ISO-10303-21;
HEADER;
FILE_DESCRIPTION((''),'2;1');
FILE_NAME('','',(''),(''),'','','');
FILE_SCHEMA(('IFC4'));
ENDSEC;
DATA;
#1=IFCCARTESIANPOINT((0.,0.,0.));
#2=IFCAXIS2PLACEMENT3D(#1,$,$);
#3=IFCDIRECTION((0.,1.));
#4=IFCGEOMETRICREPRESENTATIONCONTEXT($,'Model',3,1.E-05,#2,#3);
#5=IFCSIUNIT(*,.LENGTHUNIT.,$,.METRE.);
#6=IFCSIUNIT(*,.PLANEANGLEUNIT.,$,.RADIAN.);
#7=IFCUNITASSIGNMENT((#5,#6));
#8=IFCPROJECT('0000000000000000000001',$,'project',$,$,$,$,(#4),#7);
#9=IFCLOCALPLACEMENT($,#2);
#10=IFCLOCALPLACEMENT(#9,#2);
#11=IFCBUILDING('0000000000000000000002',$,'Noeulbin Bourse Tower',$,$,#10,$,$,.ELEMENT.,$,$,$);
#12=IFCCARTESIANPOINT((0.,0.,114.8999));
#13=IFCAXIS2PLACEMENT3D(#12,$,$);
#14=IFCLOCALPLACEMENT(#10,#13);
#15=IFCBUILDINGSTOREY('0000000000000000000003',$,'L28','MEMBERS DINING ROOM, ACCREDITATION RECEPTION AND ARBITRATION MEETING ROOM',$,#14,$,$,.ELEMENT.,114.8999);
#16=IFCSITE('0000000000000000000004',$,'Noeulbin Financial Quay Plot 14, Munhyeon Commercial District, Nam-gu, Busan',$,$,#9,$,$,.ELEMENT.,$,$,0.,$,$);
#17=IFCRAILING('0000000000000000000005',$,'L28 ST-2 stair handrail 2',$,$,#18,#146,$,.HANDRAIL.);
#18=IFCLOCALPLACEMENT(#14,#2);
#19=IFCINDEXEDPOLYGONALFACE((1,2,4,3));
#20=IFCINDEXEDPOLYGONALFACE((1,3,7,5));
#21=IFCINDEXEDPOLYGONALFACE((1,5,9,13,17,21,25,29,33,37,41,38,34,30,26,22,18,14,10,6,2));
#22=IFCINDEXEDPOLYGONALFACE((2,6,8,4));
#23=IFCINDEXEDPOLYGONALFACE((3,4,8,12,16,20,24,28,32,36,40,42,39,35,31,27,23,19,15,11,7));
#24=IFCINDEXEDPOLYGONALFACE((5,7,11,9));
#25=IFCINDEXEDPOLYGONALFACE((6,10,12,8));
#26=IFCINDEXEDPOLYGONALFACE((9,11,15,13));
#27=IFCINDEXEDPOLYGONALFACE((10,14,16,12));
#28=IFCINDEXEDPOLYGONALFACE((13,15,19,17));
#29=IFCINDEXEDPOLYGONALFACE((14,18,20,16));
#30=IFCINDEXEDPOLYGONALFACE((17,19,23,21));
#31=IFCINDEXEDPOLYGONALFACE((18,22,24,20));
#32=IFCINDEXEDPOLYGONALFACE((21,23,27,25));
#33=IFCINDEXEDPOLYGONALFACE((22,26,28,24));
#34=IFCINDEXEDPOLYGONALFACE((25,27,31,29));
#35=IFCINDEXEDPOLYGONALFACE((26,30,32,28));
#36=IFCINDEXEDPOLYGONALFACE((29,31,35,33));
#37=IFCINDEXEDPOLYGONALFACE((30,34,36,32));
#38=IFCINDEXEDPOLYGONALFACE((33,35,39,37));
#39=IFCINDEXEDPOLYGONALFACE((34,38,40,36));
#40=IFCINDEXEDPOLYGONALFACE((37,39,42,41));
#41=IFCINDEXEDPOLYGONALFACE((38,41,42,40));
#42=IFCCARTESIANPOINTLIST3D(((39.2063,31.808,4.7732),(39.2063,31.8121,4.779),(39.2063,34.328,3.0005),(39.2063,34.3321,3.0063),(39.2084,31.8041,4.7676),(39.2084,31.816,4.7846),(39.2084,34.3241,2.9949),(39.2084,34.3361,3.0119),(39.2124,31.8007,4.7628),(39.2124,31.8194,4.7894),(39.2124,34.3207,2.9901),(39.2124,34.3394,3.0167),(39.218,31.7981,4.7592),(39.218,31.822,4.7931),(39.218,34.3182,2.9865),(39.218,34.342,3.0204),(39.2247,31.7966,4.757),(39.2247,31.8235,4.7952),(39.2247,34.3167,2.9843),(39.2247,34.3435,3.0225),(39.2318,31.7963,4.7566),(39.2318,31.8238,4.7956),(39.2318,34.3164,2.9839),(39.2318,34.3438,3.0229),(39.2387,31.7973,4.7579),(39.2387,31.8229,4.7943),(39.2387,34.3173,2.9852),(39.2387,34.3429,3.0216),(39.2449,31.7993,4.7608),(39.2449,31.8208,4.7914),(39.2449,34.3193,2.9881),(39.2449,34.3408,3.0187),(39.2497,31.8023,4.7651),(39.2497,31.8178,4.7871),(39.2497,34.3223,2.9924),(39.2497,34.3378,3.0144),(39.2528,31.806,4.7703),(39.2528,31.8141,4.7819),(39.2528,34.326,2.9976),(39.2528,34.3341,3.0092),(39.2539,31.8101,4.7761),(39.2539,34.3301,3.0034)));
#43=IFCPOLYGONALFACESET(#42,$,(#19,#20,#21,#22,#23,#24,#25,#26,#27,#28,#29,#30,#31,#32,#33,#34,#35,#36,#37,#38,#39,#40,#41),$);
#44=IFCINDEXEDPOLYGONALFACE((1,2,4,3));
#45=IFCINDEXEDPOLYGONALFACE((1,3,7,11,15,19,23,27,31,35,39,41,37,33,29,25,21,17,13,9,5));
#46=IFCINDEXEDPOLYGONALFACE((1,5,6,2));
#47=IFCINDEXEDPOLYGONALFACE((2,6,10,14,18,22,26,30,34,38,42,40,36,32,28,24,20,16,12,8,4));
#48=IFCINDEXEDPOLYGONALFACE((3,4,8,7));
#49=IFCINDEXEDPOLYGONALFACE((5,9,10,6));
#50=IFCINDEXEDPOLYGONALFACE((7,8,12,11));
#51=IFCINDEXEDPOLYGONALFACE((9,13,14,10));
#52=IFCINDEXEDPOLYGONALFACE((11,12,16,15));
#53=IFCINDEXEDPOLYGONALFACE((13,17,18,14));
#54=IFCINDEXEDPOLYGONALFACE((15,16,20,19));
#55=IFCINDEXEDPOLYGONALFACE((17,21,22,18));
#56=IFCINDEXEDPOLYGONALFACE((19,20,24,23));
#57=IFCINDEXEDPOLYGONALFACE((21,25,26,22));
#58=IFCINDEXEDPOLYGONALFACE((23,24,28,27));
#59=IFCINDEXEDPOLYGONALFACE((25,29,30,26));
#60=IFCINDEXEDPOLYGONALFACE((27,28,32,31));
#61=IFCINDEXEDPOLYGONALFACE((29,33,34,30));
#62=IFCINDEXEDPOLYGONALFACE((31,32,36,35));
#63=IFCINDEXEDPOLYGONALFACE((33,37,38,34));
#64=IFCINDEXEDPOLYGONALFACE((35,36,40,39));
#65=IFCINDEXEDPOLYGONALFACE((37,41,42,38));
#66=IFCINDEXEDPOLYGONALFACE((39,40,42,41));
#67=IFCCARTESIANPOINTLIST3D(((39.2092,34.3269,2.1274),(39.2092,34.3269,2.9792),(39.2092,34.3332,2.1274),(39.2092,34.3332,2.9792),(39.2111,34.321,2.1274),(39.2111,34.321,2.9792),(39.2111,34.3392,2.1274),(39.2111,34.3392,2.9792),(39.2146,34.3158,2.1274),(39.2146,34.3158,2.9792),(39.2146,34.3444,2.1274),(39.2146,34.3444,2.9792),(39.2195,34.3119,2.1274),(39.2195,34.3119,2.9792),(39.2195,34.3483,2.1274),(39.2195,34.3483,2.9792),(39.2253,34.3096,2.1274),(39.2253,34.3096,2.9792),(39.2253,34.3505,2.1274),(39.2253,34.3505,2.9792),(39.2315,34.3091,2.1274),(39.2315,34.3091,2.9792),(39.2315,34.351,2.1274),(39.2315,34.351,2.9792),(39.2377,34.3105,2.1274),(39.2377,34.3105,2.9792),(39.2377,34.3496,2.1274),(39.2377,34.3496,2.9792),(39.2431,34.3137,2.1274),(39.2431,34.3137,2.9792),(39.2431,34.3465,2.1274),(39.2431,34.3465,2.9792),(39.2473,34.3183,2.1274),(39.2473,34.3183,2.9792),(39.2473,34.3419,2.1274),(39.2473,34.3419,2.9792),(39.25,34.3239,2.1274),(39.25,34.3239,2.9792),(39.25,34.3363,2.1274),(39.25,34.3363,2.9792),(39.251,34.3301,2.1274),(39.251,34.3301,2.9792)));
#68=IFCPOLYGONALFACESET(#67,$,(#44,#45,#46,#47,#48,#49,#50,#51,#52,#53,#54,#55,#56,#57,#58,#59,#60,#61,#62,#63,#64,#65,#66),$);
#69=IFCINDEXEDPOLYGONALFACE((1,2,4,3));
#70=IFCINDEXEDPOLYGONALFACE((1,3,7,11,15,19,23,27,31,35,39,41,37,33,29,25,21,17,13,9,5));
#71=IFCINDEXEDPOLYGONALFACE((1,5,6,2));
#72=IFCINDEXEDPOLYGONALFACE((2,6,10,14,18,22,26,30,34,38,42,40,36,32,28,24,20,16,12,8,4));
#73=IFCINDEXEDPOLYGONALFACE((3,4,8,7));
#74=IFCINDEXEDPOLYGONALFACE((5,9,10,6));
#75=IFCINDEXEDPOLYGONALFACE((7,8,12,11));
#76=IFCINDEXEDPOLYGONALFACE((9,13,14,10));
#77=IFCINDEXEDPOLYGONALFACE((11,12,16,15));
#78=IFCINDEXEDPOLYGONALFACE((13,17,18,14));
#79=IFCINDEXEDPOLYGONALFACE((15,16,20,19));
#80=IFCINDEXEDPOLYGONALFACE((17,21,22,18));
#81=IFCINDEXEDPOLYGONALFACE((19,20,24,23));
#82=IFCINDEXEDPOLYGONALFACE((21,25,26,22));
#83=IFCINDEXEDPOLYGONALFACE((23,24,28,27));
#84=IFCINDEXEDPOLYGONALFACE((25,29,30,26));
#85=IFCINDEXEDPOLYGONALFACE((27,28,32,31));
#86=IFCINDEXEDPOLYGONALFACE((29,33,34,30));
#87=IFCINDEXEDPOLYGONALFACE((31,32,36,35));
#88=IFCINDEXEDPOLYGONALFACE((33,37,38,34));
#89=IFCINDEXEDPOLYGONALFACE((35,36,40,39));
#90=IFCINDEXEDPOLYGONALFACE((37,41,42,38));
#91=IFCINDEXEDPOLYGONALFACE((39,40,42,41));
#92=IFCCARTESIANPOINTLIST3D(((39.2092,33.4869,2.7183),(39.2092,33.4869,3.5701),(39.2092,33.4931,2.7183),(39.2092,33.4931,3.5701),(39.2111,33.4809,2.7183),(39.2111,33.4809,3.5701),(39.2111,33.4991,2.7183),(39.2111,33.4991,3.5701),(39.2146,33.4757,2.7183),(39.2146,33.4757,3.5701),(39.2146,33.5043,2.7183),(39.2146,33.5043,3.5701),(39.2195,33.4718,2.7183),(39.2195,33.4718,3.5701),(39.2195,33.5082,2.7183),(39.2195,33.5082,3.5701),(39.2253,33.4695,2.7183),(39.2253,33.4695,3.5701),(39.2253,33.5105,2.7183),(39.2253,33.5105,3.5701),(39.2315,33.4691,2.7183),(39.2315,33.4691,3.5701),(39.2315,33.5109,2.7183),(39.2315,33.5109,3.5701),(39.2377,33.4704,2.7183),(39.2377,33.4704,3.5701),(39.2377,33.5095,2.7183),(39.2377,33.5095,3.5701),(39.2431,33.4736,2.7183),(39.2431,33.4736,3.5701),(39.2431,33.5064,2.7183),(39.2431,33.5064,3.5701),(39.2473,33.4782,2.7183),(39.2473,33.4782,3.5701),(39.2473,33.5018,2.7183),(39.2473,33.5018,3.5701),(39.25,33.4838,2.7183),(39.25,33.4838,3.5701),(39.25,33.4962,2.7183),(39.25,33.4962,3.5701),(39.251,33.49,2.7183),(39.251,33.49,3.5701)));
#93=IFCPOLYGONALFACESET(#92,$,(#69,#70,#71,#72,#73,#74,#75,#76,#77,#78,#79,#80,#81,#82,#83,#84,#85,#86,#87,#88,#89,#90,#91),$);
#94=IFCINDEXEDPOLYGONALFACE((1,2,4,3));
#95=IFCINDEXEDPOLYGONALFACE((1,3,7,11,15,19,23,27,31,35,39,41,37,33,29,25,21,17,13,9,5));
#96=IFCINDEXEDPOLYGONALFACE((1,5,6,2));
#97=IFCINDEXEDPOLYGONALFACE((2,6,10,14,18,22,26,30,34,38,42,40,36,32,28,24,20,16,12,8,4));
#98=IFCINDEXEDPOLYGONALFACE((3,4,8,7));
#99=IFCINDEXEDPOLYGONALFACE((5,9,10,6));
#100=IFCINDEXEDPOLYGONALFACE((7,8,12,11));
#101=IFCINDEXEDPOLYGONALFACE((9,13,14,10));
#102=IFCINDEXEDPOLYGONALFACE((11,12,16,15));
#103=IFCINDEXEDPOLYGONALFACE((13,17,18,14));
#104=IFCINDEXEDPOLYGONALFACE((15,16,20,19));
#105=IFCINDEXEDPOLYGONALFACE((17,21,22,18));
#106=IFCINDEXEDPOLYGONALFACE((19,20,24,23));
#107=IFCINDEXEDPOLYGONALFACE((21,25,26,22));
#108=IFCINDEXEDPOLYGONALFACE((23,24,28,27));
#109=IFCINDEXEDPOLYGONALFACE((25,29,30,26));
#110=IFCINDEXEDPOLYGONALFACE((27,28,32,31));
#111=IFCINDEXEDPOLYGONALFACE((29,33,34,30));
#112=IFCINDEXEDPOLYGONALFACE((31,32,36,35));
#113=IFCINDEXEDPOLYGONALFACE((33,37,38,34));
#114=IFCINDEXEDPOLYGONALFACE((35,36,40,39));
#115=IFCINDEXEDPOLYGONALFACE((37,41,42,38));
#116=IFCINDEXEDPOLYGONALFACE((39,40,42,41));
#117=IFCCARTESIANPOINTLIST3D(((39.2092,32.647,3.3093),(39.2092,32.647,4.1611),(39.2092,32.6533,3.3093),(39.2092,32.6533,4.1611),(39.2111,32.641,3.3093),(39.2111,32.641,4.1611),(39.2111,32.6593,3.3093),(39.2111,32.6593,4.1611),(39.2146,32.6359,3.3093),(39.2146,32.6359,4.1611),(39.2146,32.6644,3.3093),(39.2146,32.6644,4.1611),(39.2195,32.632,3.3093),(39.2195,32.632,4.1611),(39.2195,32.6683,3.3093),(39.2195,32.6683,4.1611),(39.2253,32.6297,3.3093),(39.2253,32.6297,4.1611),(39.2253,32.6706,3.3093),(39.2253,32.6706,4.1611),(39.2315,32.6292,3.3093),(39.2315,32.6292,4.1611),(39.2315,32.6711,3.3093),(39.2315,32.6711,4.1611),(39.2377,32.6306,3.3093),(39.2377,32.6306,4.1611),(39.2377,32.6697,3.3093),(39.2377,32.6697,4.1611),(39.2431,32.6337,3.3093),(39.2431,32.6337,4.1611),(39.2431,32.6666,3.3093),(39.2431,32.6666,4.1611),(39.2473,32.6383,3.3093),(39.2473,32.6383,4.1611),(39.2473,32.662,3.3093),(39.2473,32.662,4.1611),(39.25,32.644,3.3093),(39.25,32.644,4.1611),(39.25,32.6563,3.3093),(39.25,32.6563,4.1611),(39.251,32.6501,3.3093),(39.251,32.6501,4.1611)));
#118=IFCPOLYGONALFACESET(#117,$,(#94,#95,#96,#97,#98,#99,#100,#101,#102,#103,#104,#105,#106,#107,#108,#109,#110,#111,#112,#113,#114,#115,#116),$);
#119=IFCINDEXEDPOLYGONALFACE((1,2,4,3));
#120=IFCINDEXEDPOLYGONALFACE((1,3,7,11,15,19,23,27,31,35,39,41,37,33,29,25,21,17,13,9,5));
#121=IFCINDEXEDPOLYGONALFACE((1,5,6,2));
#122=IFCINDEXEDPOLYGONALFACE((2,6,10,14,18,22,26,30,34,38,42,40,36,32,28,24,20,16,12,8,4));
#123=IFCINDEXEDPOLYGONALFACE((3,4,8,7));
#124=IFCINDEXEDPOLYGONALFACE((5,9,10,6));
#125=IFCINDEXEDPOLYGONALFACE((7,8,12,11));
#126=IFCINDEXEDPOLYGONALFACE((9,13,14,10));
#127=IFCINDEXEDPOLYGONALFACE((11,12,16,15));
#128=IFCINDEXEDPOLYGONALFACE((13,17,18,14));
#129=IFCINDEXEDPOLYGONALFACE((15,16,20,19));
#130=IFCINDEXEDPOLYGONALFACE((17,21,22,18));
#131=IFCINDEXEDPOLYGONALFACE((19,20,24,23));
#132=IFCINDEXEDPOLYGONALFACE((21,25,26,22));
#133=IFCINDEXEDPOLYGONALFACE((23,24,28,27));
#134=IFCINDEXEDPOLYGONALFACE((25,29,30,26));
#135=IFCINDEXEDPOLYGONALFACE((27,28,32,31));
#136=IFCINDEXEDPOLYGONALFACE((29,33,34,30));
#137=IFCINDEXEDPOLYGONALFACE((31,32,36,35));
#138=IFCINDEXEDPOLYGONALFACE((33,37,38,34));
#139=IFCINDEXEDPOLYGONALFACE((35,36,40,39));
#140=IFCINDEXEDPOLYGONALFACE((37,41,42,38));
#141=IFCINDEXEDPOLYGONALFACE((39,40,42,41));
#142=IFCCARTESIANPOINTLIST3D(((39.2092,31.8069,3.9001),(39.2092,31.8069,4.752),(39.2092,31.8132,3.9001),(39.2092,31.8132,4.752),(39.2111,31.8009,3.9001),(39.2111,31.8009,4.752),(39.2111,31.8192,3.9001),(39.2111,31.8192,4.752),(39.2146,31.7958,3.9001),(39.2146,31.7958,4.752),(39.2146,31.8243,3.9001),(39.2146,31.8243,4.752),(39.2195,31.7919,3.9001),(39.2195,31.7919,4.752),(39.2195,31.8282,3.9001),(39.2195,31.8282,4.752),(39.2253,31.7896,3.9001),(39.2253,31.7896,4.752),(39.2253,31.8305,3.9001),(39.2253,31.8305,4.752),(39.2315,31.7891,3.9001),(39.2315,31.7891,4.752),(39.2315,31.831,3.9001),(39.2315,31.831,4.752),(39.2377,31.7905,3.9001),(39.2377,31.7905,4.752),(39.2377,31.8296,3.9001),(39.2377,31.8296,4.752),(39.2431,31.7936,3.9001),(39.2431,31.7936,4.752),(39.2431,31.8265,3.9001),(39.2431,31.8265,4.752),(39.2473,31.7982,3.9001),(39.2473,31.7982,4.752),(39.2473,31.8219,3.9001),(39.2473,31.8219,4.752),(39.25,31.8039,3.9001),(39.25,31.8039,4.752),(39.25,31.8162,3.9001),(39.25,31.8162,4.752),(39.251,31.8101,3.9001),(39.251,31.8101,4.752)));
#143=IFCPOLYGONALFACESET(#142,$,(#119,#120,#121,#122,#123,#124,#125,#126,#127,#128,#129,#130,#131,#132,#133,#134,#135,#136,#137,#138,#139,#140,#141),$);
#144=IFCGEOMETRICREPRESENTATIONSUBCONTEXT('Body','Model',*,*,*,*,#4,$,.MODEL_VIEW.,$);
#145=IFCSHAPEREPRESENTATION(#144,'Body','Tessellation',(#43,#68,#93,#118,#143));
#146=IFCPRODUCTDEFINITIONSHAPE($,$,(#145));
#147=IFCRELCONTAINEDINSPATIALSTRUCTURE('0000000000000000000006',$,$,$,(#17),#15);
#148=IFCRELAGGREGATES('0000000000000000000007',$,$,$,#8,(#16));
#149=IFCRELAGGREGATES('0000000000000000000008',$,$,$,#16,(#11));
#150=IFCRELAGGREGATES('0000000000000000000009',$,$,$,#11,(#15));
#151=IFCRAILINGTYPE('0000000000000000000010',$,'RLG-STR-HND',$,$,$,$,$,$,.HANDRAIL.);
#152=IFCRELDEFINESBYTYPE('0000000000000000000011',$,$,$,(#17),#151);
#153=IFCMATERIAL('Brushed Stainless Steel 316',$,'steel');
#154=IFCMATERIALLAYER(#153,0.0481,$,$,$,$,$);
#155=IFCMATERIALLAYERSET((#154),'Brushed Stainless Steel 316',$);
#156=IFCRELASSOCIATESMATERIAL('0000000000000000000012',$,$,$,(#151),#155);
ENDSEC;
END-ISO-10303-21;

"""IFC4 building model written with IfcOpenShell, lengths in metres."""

from ifc_helpers import new_model, si_unit, direction, frame, origin, origin_2d, place, context, subcontext, project, spatial, circle, extrude, material, layer, layer_set, type_object, element, save


model = new_model("IFC4")

# Units and contexts
model_context = context("Model", 3, precision=1e-05, world=origin(), true_north=direction((0.0, 1.0)))
body_context = subcontext(model_context, "Body", "Model", "MODEL_VIEW")
ifc_project = project(units=[si_unit("LENGTHUNIT", "METRE"), si_unit("PLANEANGLEUNIT", "RADIAN")], contexts=[model_context])

# Site, building, storey
site_placement = place(None, origin())
site = spatial("IfcSite", under=ifc_project, at=site_placement, Name="Noeulbin Financial Quay Plot 14, Munhyeon Commercial District, Nam-gu, Busan", CompositionType="ELEMENT", RefElevation=0.0)
building_placement = place(site_placement, origin())
building = spatial("IfcBuilding", under=site, at=building_placement, Name="Noeulbin Bourse Tower", CompositionType="ELEMENT")
storey_placement = place(building_placement, frame((0.0, 0.0, 114.8999)))
storey = spatial("IfcBuildingStorey", under=building, at=storey_placement, Name="L28", Description="MEMBERS DINING ROOM, ACCREDITATION RECEPTION AND ARBITRATION MEETING ROOM", CompositionType="ELEMENT", Elevation=114.8999)

# Shared definitions
ifc_material_1 = material(Name="Brushed Stainless Steel 316", Category="steel")

# Railing
ifc_layer_1 = layer(ifc_material_1, 0.0481)
ifc_layer_set_1 = layer_set([ifc_layer_1], Name="Brushed Stainless Steel 316")
railing_type_1 = type_object("IfcRailingType", Name="RLG-STR-HND", PredefinedType="HANDRAIL", material=ifc_layer_set_1)
railing_1_placement = place(storey_placement, frame((39.23, 34.3301, 2.1274)))
element("IfcRailing", 1, at=railing_1_placement, inside=storey, type_object=railing_type_1, Name="L28 ST-2 stair handrail 2", PredefinedType="HANDRAIL", context=body_context, shape_type="SweptSolid", body=[
    extrude(circle(Radius=0.0239, at=origin_2d()), frame((0.0, 0.0, 0.876), z_axis=(0.0, -0.817904, 0.575354), x_axis=(1.0, 0.0, 0.0)), (0.0, 0.0, 1.0), 3.0811),
    extrude(circle(Radius=0.021, at=origin_2d()), origin(), (0.0, 0.0, 1.0), 0.8518),
    extrude(circle(Radius=0.021, at=origin_2d()), frame((0.0, -0.8401, 0.5908)), (0.0, 0.0, 1.0), 0.8518),
    extrude(circle(Radius=0.021, at=origin_2d()), frame((0.0, -1.6799, 1.1819)), (0.0, 0.0, 1.0), 0.8518),
    extrude(circle(Radius=0.021, at=origin_2d()), frame((0.0, -2.52, 1.7727)), (0.0, 0.0, 1.0), 0.8518),
])

save(model, "model.ifc")
